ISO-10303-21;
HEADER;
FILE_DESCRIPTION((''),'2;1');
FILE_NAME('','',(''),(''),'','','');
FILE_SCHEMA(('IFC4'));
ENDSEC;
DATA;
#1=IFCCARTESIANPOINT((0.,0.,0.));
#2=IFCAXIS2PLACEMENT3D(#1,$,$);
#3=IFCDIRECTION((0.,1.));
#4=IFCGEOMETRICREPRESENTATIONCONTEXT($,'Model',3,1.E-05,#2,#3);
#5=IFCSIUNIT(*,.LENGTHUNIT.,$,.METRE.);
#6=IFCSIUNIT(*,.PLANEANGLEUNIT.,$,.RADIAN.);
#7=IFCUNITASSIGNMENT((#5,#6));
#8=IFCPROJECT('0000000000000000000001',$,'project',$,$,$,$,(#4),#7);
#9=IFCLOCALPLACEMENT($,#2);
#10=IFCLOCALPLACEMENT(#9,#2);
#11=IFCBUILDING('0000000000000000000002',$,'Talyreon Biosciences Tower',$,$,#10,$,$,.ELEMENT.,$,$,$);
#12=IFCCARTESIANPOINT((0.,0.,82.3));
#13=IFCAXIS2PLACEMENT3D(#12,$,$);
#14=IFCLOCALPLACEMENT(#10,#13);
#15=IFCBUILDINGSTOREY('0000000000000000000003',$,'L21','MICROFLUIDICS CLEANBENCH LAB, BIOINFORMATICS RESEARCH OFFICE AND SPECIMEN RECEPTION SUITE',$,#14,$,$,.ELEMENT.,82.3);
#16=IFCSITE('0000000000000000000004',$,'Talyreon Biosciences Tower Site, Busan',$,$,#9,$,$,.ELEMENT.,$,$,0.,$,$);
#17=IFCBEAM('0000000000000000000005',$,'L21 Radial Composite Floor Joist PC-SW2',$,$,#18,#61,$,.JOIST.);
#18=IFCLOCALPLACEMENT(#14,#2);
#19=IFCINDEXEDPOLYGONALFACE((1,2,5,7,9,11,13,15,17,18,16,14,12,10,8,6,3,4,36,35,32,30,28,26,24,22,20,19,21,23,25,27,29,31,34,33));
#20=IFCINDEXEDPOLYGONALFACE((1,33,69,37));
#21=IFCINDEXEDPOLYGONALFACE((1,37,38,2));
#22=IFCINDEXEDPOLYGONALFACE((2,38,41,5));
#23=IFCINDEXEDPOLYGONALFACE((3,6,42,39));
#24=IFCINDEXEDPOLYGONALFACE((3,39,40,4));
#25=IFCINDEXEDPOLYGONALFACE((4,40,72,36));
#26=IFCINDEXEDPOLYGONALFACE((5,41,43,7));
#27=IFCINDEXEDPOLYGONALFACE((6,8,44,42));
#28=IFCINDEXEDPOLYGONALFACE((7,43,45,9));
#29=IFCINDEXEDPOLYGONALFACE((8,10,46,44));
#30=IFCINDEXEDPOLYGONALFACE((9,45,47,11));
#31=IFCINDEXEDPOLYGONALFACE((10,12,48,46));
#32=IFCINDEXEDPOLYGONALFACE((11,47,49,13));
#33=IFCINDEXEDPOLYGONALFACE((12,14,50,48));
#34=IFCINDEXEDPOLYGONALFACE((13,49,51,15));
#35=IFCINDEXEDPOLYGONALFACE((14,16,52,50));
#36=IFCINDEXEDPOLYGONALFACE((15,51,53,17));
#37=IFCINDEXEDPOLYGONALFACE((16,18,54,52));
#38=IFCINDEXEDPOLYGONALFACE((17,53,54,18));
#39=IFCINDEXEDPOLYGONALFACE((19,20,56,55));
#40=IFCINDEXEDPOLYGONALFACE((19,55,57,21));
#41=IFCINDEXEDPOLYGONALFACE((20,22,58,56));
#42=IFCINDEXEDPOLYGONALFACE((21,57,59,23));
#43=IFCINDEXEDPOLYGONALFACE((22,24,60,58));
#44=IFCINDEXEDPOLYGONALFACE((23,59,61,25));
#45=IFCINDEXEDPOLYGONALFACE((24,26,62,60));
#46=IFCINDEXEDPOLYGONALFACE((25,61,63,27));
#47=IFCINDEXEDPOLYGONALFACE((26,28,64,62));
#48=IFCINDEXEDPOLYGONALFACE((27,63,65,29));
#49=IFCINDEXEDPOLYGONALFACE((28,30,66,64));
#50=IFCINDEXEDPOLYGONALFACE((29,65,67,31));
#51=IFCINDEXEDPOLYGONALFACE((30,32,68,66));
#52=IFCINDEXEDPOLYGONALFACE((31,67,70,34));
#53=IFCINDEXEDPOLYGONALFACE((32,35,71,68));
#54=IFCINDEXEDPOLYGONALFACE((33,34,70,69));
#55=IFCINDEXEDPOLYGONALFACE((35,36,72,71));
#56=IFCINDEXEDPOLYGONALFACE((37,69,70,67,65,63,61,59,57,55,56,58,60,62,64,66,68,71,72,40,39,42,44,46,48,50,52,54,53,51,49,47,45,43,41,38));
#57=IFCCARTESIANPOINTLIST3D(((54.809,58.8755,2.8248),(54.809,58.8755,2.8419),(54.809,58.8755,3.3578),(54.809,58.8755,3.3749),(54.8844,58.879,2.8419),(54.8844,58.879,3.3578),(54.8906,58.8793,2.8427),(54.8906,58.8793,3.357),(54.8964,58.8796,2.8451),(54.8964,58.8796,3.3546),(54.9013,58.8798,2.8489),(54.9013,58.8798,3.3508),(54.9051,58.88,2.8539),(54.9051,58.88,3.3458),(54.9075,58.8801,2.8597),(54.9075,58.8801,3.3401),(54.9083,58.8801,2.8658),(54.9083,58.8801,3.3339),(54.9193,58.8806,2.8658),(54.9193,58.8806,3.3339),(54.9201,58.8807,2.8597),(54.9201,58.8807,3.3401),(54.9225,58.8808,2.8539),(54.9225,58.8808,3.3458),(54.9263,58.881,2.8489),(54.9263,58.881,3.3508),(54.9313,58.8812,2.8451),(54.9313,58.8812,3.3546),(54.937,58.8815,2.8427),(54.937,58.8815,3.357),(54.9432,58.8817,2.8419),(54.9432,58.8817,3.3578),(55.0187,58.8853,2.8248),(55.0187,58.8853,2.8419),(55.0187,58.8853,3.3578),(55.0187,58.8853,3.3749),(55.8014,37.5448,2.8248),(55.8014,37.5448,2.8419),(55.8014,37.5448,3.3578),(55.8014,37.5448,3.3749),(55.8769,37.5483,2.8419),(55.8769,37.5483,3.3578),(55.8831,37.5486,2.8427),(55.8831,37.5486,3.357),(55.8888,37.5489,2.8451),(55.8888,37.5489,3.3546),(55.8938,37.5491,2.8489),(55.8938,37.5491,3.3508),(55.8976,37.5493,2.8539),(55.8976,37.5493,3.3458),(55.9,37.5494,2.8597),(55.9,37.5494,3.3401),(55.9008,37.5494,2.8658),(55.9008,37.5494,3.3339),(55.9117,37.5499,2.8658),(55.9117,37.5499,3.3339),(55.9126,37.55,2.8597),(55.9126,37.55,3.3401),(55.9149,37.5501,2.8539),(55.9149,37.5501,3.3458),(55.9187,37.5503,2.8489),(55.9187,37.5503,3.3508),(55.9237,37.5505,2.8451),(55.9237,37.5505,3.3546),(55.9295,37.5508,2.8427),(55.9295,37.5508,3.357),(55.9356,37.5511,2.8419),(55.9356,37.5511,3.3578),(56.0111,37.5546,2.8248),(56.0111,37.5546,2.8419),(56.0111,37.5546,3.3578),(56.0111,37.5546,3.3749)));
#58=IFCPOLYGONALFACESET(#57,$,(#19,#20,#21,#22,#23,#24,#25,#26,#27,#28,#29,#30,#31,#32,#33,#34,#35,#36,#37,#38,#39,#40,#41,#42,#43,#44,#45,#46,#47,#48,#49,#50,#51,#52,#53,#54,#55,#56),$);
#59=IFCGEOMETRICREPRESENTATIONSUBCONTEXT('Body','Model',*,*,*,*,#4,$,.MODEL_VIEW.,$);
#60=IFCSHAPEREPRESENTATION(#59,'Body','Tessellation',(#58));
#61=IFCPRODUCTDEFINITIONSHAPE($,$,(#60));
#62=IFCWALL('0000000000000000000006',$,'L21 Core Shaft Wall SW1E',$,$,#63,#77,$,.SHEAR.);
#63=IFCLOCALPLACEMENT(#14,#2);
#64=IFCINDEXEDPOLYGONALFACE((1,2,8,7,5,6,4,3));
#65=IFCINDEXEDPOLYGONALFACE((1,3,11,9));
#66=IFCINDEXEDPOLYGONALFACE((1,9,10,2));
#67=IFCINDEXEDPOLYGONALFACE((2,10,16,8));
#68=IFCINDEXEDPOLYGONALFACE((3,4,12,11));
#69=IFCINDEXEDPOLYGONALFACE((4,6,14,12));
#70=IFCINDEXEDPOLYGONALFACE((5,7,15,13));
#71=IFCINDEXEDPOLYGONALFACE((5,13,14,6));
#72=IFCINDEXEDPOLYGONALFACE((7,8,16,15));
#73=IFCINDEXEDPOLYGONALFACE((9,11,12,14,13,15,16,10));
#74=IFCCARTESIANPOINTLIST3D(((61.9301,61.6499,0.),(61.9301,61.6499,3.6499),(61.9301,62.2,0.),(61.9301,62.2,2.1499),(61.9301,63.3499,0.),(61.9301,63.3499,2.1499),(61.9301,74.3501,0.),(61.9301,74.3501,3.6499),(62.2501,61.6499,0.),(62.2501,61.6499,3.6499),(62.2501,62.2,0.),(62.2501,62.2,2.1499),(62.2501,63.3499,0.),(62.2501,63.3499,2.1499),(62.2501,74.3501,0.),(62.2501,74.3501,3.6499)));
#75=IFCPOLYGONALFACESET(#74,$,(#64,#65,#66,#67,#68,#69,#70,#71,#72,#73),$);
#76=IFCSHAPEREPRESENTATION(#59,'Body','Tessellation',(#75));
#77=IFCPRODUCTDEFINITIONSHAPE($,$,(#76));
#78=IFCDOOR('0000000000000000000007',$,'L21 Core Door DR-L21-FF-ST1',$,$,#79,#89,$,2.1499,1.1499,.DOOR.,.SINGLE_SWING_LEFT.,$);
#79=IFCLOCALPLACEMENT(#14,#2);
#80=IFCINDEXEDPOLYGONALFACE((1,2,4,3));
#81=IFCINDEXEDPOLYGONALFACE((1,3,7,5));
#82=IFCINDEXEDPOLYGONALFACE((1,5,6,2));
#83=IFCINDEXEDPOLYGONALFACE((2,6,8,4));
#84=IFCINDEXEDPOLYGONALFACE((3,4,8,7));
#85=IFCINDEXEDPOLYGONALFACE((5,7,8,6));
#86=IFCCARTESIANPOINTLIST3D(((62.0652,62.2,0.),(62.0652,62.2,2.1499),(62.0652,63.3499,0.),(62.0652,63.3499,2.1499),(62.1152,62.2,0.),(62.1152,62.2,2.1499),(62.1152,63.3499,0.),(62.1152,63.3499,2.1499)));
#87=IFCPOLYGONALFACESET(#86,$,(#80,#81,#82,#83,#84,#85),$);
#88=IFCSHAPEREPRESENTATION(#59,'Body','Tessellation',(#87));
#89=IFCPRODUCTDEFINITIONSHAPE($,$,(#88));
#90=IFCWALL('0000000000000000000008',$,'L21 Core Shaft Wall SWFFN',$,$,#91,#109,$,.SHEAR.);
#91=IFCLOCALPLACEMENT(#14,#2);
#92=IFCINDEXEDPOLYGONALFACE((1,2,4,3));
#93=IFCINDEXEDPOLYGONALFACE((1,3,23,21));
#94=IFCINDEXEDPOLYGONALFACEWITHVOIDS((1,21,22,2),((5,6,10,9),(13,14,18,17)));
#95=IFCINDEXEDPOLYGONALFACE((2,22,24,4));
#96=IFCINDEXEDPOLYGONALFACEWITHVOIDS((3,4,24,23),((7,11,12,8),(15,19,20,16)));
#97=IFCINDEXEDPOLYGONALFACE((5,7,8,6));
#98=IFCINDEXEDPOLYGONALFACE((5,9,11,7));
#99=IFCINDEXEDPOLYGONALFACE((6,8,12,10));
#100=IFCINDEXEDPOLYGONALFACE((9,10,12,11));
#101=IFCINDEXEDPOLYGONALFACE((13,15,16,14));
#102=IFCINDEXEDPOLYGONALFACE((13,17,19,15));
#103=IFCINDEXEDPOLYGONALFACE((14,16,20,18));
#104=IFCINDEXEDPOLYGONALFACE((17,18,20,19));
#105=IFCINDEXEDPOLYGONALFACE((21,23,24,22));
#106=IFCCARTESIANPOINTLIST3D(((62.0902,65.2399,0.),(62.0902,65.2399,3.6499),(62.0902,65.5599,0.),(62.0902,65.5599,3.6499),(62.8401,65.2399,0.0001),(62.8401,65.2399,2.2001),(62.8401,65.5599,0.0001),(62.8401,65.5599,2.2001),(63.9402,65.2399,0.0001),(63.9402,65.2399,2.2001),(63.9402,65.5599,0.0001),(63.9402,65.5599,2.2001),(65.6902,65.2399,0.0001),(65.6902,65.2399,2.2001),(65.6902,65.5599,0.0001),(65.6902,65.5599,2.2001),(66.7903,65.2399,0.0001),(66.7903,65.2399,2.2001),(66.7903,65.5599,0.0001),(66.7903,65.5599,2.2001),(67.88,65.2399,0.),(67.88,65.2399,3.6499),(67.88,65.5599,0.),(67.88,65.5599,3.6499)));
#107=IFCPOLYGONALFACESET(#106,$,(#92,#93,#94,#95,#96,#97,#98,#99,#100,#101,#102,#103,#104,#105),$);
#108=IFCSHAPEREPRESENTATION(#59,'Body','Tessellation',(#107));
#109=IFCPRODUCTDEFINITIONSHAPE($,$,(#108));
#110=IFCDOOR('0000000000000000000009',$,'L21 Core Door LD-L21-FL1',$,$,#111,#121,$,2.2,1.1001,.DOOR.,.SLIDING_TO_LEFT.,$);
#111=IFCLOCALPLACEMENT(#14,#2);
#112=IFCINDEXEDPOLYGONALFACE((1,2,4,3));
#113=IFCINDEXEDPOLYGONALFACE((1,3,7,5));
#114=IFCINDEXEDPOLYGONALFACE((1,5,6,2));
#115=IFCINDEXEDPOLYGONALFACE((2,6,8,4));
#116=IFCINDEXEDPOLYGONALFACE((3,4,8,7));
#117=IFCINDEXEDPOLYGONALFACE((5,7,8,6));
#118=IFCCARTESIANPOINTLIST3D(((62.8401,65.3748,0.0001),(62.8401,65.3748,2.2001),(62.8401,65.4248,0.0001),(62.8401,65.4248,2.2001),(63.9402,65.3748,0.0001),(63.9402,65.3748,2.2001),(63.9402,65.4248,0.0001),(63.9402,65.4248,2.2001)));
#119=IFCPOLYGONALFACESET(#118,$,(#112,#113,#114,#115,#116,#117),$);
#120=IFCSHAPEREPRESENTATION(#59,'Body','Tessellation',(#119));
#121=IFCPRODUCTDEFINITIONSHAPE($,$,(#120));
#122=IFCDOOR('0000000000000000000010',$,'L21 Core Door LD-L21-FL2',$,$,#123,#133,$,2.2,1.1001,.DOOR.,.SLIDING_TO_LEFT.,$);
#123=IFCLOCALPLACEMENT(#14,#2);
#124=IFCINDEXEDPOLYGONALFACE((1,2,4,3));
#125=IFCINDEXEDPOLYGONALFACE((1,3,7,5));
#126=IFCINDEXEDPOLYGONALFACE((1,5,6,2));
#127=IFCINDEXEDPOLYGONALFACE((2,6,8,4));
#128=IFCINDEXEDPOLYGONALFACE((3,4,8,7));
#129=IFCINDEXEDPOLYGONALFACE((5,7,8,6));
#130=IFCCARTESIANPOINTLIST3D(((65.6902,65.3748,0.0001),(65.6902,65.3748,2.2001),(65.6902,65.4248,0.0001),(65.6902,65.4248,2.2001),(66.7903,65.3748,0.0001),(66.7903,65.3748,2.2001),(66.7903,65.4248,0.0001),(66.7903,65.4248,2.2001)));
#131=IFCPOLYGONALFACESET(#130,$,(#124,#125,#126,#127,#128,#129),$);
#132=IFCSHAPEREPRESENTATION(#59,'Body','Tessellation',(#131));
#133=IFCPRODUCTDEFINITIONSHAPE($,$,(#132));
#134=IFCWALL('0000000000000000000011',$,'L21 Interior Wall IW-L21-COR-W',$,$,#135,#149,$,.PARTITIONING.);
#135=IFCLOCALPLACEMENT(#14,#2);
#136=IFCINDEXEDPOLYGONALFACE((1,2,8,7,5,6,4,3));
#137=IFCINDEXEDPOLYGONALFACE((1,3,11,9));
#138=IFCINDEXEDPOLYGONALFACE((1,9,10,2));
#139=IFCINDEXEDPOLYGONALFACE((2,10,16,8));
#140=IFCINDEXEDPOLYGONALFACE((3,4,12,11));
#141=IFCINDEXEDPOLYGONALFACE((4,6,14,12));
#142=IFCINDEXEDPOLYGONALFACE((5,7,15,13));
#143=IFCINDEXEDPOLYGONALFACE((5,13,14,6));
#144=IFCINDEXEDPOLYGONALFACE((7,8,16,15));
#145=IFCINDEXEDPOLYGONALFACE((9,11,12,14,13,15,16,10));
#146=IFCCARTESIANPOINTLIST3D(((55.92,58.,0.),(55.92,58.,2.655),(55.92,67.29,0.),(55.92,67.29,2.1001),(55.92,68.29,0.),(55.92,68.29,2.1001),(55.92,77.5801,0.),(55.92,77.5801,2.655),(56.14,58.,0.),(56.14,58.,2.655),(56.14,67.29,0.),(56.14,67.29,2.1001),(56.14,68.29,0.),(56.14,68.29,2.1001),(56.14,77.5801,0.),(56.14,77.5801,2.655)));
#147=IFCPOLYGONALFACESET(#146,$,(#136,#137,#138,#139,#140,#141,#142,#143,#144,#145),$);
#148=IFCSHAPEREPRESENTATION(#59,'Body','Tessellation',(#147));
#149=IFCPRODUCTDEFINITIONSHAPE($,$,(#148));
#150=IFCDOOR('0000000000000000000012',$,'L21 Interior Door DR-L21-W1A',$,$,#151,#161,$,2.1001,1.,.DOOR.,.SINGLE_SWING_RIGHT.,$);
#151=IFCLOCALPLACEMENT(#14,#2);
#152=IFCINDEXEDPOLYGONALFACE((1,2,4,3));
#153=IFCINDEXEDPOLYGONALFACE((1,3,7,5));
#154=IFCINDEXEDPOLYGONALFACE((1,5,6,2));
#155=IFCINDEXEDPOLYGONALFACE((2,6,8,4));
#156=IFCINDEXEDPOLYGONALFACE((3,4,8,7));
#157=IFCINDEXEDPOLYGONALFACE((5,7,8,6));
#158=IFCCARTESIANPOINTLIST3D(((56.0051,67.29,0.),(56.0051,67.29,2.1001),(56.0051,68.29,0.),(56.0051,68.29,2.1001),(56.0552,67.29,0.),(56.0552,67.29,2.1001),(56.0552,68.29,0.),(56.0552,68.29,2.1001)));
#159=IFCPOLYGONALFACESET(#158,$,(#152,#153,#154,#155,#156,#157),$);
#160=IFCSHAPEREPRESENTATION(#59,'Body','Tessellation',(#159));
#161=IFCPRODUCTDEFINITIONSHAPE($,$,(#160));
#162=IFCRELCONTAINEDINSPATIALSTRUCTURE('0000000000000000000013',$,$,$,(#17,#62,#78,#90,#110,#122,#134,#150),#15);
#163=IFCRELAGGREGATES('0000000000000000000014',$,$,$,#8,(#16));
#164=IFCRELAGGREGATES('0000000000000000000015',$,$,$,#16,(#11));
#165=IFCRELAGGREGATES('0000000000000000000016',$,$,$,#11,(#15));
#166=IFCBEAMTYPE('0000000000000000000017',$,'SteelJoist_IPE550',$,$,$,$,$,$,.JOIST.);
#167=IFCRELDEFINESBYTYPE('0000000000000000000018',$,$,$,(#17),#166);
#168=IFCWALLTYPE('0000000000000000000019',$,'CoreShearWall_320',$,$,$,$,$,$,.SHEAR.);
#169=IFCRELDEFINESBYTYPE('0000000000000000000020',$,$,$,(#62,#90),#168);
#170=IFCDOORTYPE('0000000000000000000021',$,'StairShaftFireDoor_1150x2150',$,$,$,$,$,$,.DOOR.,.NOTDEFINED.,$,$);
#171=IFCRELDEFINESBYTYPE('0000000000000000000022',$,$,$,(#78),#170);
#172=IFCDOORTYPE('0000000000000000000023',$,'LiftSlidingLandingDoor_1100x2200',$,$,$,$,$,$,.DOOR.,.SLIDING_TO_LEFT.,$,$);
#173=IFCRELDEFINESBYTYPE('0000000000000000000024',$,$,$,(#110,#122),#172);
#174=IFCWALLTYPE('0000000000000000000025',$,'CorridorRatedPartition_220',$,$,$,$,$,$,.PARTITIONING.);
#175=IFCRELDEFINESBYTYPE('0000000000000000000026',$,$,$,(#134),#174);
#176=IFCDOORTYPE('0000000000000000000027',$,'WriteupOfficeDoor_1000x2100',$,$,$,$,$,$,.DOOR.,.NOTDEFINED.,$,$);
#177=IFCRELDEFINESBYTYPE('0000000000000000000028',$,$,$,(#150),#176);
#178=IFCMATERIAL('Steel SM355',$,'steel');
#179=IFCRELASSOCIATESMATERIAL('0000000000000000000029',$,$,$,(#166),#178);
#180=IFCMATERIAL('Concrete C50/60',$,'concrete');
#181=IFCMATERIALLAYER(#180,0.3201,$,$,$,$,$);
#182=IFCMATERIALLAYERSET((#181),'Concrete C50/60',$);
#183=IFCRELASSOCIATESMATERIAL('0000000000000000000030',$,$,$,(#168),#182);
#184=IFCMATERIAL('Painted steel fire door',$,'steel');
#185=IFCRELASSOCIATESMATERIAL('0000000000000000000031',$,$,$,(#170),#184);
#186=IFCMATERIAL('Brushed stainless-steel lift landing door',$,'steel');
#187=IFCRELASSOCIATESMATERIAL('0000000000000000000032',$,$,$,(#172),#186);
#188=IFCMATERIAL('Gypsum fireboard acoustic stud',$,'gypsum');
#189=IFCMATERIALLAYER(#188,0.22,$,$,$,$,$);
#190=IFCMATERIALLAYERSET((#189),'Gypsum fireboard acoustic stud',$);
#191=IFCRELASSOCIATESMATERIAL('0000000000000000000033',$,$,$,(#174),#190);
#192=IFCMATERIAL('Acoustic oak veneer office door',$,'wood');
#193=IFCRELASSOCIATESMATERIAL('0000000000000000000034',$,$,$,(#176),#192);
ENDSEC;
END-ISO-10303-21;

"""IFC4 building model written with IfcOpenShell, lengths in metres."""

from ifc_helpers import new_model, si_unit, direction, frame, frame_2d, origin, origin_2d, place, context, subcontext, project, spatial, rectangle, i_section, extrude, material, layer, layer_set, material_profile, profile_set, type_object, element, fill, save


model = new_model("IFC4")

# Units and contexts
model_context = context("Model", 3, precision=1e-05, world=origin(), true_north=direction((0.0, 1.0)))
body_context = subcontext(model_context, "Body", "Model", "MODEL_VIEW")
ifc_project = project(units=[si_unit("LENGTHUNIT", "METRE"), si_unit("PLANEANGLEUNIT", "RADIAN")], contexts=[model_context])

# Site, building, storey
site_placement = place(None, origin())
site = spatial("IfcSite", under=ifc_project, at=site_placement, Name="Talyreon Biosciences Tower Site, Busan", CompositionType="ELEMENT", RefElevation=0.0)
building_placement = place(site_placement, origin())
building = spatial("IfcBuilding", under=site, at=building_placement, Name="Talyreon Biosciences Tower", CompositionType="ELEMENT")
storey_placement = place(building_placement, frame((0.0, 0.0, 82.3)))
storey = spatial("IfcBuildingStorey", under=building, at=storey_placement, Name="L21", Description="MICROFLUIDICS CLEANBENCH LAB, BIOINFORMATICS RESEARCH OFFICE AND SPECIMEN RECEPTION SUITE", CompositionType="ELEMENT", Elevation=82.3)

# Shared definitions
ifc_material_1 = material(Name="Concrete C50/60", Category="concrete")

# Beam
ifc_material_2 = material(Name="Steel SM355", Category="steel")
ifc_material_profile_1 = material_profile(ifc_material_2, i_section(OverallWidth=0.21, OverallDepth=0.55, WebThickness=0.011, FlangeThickness=0.0171, FilletRadius=0.0239, at=origin_2d()), Name="IPE550")
ifc_profile_set_1 = profile_set([ifc_material_profile_1], Name="Steel SM355")
beam_type_1 = type_object("IfcBeamType", Name="SteelJoist_IPE550", PredefinedType="JOIST", material=ifc_profile_set_1)
beam_1_placement = place(storey_placement, frame((54.9138, 58.8804, 3.0999), z_axis=(0.046476, -0.998919, 0.0), x_axis=(0.998919, 0.046476, 0.0)))
element("IfcBeam", 1, at=beam_1_placement, inside=storey, type_object=beam_type_1, Name="L21 Radial Composite Floor Joist PC-SW2", PredefinedType="JOIST", context=body_context, shape_type="SweptSolid", body=[
    extrude(i_section(OverallWidth=0.21, OverallDepth=0.55, WebThickness=0.011, FlangeThickness=0.0171, FilletRadius=0.0239, at=origin_2d()), origin(), (0.0, 0.0, 1.0), 21.3538),
])

# Wall, opening, door
ifc_layer_1 = layer(ifc_material_1, 0.3201)
ifc_layer_set_1 = layer_set([ifc_layer_1], Name="Concrete C50/60")
wall_type_1 = type_object("IfcWallType", Name="CoreShearWall_320", PredefinedType="SHEAR", material=ifc_layer_set_1)
wall_1_placement = place(storey_placement, frame((62.0901, 61.6499, 0.0), z_axis=(0.0, 0.0, 1.0), x_axis=(0.0, 1.0, 0.0)))
wall_1 = element("IfcWall", 2, at=wall_1_placement, inside=storey, type_object=wall_type_1, Name="L21 Core Shaft Wall SW1E", PredefinedType="SHEAR", context=body_context, shape_type="SweptSolid", body=[
    extrude(rectangle(XDim=12.7002, YDim=0.3201, at=frame_2d((6.3501, 0.0))), origin(), (0.0, 0.0, 1.0), 3.6499),
])
opening_1_placement = place(wall_1_placement, frame((0.55, 0.0, 0.0)))
opening_1 = element("IfcOpeningElement", 3, at=opening_1_placement, cuts=wall_1, PredefinedType="OPENING", context=body_context, shape_type="SweptSolid", body=[
    extrude(rectangle(XDim=1.1499, YDim=2.1499, at=frame_2d((0.575, 1.075))), frame((0.0, 0.1699, 0.0), z_axis=(0.0, -1.0, 0.0), x_axis=(1.0, 0.0, 0.0)), (0.0, 0.0, 1.0), 0.3401),
])
ifc_material_3 = material(Name="Painted steel fire door", Category="steel")
door_type_1 = type_object("IfcDoorType", Name="StairShaftFireDoor_1150x2150", OperationType="NOTDEFINED", PredefinedType="DOOR", material=ifc_material_3)
door_1_placement = place(opening_1_placement, origin())
door_1 = element("IfcDoor", 4, at=door_1_placement, inside=storey, type_object=door_type_1, Name="L21 Core Door DR-L21-FF-ST1", OperationType="SINGLE_SWING_LEFT", OverallHeight=2.1499, OverallWidth=1.1499, PredefinedType="DOOR", context=body_context, shape_type="SweptSolid", body=[
    extrude(rectangle(XDim=1.1499, YDim=2.1499, at=frame_2d((0.575, 1.075))), frame((0.0, 0.0249, 0.0), z_axis=(0.0, -1.0, 0.0), x_axis=(1.0, 0.0, 0.0)), (0.0, 0.0, 1.0), 0.05),
])
fill(opening_1, door_1)

# Wall, openings, doors
wall_2_placement = place(storey_placement, frame((62.0901, 65.3999, 0.0), z_axis=(0.0, 0.0, 1.0), x_axis=(1.0, 0.0, 0.0)))
wall_2 = element("IfcWall", 5, at=wall_2_placement, inside=storey, type_object=wall_type_1, Name="L21 Core Shaft Wall SWFFN", PredefinedType="SHEAR", context=body_context, shape_type="SweptSolid", body=[
    extrude(rectangle(XDim=5.7898, YDim=0.3201, at=frame_2d((2.895, 0.0))), origin(), (0.0, 0.0, 1.0), 3.6499),
])
opening_2_placement = place(wall_2_placement, frame((0.75, 0.0, 0.0)))
opening_2 = element("IfcOpeningElement", 6, at=opening_2_placement, cuts=wall_2, PredefinedType="OPENING", context=body_context, shape_type="SweptSolid", body=[
    extrude(rectangle(XDim=1.1001, YDim=2.2, at=frame_2d((0.55, 1.1001))), frame((0.0, 0.1699, 0.0), z_axis=(0.0, -1.0, 0.0), x_axis=(1.0, 0.0, 0.0)), (0.0, 0.0, 1.0), 0.3401),
])
opening_3_placement = place(wall_2_placement, frame((3.6001, 0.0, 0.0)))
opening_3 = element("IfcOpeningElement", 7, at=opening_3_placement, cuts=wall_2, PredefinedType="OPENING", context=body_context, shape_type="SweptSolid", body=[
    extrude(rectangle(XDim=1.1001, YDim=2.2, at=frame_2d((0.55, 1.1001))), frame((0.0, 0.1699, 0.0), z_axis=(0.0, -1.0, 0.0), x_axis=(1.0, 0.0, 0.0)), (0.0, 0.0, 1.0), 0.3401),
])
ifc_material_4 = material(Name="Brushed stainless-steel lift landing door", Category="steel")
door_type_2 = type_object("IfcDoorType", Name="LiftSlidingLandingDoor_1100x2200", OperationType="SLIDING_TO_LEFT", PredefinedType="DOOR", material=ifc_material_4)
door_2_placement = place(opening_2_placement, origin())
door_2 = element("IfcDoor", 8, at=door_2_placement, inside=storey, type_object=door_type_2, Name="L21 Core Door LD-L21-FL1", OperationType="SLIDING_TO_LEFT", OverallHeight=2.2, OverallWidth=1.1001, PredefinedType="DOOR", context=body_context, shape_type="SweptSolid", body=[
    extrude(rectangle(XDim=1.1001, YDim=2.2, at=frame_2d((0.55, 1.1001))), frame((0.0, 0.0249, 0.0), z_axis=(0.0, -1.0, 0.0), x_axis=(1.0, 0.0, 0.0)), (0.0, 0.0, 1.0), 0.05),
])
fill(opening_2, door_2)
door_3_placement = place(opening_3_placement, origin())
door_3 = element("IfcDoor", 9, at=door_3_placement, inside=storey, type_object=door_type_2, Name="L21 Core Door LD-L21-FL2", OperationType="SLIDING_TO_LEFT", OverallHeight=2.2, OverallWidth=1.1001, PredefinedType="DOOR", context=body_context, shape_type="SweptSolid", body=[
    extrude(rectangle(XDim=1.1001, YDim=2.2, at=frame_2d((0.55, 1.1001))), frame((0.0, 0.0249, 0.0), z_axis=(0.0, -1.0, 0.0), x_axis=(1.0, 0.0, 0.0)), (0.0, 0.0, 1.0), 0.05),
])
fill(opening_3, door_3)

# Wall, opening, door
ifc_material_5 = material(Name="Gypsum fireboard acoustic stud", Category="gypsum")
ifc_layer_2 = layer(ifc_material_5, 0.22)
ifc_layer_set_2 = layer_set([ifc_layer_2], Name="Gypsum fireboard acoustic stud")
wall_type_2 = type_object("IfcWallType", Name="CorridorRatedPartition_220", PredefinedType="PARTITIONING", material=ifc_layer_set_2)
wall_3_placement = place(storey_placement, frame((56.03, 58.0, 0.0), z_axis=(0.0, 0.0, 1.0), x_axis=(0.0, 1.0, 0.0)))
wall_3 = element("IfcWall", 10, at=wall_3_placement, inside=storey, type_object=wall_type_2, Name="L21 Interior Wall IW-L21-COR-W", PredefinedType="PARTITIONING", context=body_context, shape_type="SweptSolid", body=[
    extrude(rectangle(XDim=19.5801, YDim=0.22, at=frame_2d((9.79, 0.0))), origin(), (0.0, 0.0, 1.0), 2.655),
])
opening_4_placement = place(wall_3_placement, frame((9.29, 0.0, 0.0)))
opening_4 = element("IfcOpeningElement", 11, at=opening_4_placement, cuts=wall_3, PredefinedType="OPENING", context=body_context, shape_type="SweptSolid", body=[
    extrude(rectangle(XDim=1.0, YDim=2.1001, at=frame_2d((0.5, 1.05))), frame((0.0, 0.1199, 0.0), z_axis=(0.0, -1.0, 0.0), x_axis=(1.0, 0.0, 0.0)), (0.0, 0.0, 1.0), 0.24),
])
ifc_material_6 = material(Name="Acoustic oak veneer office door", Category="wood")
door_type_3 = type_object("IfcDoorType", Name="WriteupOfficeDoor_1000x2100", OperationType="NOTDEFINED", PredefinedType="DOOR", material=ifc_material_6)
door_4_placement = place(opening_4_placement, origin())
door_4 = element("IfcDoor", 12, at=door_4_placement, inside=storey, type_object=door_type_3, Name="L21 Interior Door DR-L21-W1A", OperationType="SINGLE_SWING_RIGHT", OverallHeight=2.1001, OverallWidth=1.0, PredefinedType="DOOR", context=body_context, shape_type="SweptSolid", body=[
    extrude(rectangle(XDim=1.0, YDim=2.1001, at=frame_2d((0.5, 1.05))), frame((0.0, 0.0249, 0.0), z_axis=(0.0, -1.0, 0.0), x_axis=(1.0, 0.0, 0.0)), (0.0, 0.0, 1.0), 0.05),
])
fill(opening_4, door_4)

save(model, "model.ifc")
